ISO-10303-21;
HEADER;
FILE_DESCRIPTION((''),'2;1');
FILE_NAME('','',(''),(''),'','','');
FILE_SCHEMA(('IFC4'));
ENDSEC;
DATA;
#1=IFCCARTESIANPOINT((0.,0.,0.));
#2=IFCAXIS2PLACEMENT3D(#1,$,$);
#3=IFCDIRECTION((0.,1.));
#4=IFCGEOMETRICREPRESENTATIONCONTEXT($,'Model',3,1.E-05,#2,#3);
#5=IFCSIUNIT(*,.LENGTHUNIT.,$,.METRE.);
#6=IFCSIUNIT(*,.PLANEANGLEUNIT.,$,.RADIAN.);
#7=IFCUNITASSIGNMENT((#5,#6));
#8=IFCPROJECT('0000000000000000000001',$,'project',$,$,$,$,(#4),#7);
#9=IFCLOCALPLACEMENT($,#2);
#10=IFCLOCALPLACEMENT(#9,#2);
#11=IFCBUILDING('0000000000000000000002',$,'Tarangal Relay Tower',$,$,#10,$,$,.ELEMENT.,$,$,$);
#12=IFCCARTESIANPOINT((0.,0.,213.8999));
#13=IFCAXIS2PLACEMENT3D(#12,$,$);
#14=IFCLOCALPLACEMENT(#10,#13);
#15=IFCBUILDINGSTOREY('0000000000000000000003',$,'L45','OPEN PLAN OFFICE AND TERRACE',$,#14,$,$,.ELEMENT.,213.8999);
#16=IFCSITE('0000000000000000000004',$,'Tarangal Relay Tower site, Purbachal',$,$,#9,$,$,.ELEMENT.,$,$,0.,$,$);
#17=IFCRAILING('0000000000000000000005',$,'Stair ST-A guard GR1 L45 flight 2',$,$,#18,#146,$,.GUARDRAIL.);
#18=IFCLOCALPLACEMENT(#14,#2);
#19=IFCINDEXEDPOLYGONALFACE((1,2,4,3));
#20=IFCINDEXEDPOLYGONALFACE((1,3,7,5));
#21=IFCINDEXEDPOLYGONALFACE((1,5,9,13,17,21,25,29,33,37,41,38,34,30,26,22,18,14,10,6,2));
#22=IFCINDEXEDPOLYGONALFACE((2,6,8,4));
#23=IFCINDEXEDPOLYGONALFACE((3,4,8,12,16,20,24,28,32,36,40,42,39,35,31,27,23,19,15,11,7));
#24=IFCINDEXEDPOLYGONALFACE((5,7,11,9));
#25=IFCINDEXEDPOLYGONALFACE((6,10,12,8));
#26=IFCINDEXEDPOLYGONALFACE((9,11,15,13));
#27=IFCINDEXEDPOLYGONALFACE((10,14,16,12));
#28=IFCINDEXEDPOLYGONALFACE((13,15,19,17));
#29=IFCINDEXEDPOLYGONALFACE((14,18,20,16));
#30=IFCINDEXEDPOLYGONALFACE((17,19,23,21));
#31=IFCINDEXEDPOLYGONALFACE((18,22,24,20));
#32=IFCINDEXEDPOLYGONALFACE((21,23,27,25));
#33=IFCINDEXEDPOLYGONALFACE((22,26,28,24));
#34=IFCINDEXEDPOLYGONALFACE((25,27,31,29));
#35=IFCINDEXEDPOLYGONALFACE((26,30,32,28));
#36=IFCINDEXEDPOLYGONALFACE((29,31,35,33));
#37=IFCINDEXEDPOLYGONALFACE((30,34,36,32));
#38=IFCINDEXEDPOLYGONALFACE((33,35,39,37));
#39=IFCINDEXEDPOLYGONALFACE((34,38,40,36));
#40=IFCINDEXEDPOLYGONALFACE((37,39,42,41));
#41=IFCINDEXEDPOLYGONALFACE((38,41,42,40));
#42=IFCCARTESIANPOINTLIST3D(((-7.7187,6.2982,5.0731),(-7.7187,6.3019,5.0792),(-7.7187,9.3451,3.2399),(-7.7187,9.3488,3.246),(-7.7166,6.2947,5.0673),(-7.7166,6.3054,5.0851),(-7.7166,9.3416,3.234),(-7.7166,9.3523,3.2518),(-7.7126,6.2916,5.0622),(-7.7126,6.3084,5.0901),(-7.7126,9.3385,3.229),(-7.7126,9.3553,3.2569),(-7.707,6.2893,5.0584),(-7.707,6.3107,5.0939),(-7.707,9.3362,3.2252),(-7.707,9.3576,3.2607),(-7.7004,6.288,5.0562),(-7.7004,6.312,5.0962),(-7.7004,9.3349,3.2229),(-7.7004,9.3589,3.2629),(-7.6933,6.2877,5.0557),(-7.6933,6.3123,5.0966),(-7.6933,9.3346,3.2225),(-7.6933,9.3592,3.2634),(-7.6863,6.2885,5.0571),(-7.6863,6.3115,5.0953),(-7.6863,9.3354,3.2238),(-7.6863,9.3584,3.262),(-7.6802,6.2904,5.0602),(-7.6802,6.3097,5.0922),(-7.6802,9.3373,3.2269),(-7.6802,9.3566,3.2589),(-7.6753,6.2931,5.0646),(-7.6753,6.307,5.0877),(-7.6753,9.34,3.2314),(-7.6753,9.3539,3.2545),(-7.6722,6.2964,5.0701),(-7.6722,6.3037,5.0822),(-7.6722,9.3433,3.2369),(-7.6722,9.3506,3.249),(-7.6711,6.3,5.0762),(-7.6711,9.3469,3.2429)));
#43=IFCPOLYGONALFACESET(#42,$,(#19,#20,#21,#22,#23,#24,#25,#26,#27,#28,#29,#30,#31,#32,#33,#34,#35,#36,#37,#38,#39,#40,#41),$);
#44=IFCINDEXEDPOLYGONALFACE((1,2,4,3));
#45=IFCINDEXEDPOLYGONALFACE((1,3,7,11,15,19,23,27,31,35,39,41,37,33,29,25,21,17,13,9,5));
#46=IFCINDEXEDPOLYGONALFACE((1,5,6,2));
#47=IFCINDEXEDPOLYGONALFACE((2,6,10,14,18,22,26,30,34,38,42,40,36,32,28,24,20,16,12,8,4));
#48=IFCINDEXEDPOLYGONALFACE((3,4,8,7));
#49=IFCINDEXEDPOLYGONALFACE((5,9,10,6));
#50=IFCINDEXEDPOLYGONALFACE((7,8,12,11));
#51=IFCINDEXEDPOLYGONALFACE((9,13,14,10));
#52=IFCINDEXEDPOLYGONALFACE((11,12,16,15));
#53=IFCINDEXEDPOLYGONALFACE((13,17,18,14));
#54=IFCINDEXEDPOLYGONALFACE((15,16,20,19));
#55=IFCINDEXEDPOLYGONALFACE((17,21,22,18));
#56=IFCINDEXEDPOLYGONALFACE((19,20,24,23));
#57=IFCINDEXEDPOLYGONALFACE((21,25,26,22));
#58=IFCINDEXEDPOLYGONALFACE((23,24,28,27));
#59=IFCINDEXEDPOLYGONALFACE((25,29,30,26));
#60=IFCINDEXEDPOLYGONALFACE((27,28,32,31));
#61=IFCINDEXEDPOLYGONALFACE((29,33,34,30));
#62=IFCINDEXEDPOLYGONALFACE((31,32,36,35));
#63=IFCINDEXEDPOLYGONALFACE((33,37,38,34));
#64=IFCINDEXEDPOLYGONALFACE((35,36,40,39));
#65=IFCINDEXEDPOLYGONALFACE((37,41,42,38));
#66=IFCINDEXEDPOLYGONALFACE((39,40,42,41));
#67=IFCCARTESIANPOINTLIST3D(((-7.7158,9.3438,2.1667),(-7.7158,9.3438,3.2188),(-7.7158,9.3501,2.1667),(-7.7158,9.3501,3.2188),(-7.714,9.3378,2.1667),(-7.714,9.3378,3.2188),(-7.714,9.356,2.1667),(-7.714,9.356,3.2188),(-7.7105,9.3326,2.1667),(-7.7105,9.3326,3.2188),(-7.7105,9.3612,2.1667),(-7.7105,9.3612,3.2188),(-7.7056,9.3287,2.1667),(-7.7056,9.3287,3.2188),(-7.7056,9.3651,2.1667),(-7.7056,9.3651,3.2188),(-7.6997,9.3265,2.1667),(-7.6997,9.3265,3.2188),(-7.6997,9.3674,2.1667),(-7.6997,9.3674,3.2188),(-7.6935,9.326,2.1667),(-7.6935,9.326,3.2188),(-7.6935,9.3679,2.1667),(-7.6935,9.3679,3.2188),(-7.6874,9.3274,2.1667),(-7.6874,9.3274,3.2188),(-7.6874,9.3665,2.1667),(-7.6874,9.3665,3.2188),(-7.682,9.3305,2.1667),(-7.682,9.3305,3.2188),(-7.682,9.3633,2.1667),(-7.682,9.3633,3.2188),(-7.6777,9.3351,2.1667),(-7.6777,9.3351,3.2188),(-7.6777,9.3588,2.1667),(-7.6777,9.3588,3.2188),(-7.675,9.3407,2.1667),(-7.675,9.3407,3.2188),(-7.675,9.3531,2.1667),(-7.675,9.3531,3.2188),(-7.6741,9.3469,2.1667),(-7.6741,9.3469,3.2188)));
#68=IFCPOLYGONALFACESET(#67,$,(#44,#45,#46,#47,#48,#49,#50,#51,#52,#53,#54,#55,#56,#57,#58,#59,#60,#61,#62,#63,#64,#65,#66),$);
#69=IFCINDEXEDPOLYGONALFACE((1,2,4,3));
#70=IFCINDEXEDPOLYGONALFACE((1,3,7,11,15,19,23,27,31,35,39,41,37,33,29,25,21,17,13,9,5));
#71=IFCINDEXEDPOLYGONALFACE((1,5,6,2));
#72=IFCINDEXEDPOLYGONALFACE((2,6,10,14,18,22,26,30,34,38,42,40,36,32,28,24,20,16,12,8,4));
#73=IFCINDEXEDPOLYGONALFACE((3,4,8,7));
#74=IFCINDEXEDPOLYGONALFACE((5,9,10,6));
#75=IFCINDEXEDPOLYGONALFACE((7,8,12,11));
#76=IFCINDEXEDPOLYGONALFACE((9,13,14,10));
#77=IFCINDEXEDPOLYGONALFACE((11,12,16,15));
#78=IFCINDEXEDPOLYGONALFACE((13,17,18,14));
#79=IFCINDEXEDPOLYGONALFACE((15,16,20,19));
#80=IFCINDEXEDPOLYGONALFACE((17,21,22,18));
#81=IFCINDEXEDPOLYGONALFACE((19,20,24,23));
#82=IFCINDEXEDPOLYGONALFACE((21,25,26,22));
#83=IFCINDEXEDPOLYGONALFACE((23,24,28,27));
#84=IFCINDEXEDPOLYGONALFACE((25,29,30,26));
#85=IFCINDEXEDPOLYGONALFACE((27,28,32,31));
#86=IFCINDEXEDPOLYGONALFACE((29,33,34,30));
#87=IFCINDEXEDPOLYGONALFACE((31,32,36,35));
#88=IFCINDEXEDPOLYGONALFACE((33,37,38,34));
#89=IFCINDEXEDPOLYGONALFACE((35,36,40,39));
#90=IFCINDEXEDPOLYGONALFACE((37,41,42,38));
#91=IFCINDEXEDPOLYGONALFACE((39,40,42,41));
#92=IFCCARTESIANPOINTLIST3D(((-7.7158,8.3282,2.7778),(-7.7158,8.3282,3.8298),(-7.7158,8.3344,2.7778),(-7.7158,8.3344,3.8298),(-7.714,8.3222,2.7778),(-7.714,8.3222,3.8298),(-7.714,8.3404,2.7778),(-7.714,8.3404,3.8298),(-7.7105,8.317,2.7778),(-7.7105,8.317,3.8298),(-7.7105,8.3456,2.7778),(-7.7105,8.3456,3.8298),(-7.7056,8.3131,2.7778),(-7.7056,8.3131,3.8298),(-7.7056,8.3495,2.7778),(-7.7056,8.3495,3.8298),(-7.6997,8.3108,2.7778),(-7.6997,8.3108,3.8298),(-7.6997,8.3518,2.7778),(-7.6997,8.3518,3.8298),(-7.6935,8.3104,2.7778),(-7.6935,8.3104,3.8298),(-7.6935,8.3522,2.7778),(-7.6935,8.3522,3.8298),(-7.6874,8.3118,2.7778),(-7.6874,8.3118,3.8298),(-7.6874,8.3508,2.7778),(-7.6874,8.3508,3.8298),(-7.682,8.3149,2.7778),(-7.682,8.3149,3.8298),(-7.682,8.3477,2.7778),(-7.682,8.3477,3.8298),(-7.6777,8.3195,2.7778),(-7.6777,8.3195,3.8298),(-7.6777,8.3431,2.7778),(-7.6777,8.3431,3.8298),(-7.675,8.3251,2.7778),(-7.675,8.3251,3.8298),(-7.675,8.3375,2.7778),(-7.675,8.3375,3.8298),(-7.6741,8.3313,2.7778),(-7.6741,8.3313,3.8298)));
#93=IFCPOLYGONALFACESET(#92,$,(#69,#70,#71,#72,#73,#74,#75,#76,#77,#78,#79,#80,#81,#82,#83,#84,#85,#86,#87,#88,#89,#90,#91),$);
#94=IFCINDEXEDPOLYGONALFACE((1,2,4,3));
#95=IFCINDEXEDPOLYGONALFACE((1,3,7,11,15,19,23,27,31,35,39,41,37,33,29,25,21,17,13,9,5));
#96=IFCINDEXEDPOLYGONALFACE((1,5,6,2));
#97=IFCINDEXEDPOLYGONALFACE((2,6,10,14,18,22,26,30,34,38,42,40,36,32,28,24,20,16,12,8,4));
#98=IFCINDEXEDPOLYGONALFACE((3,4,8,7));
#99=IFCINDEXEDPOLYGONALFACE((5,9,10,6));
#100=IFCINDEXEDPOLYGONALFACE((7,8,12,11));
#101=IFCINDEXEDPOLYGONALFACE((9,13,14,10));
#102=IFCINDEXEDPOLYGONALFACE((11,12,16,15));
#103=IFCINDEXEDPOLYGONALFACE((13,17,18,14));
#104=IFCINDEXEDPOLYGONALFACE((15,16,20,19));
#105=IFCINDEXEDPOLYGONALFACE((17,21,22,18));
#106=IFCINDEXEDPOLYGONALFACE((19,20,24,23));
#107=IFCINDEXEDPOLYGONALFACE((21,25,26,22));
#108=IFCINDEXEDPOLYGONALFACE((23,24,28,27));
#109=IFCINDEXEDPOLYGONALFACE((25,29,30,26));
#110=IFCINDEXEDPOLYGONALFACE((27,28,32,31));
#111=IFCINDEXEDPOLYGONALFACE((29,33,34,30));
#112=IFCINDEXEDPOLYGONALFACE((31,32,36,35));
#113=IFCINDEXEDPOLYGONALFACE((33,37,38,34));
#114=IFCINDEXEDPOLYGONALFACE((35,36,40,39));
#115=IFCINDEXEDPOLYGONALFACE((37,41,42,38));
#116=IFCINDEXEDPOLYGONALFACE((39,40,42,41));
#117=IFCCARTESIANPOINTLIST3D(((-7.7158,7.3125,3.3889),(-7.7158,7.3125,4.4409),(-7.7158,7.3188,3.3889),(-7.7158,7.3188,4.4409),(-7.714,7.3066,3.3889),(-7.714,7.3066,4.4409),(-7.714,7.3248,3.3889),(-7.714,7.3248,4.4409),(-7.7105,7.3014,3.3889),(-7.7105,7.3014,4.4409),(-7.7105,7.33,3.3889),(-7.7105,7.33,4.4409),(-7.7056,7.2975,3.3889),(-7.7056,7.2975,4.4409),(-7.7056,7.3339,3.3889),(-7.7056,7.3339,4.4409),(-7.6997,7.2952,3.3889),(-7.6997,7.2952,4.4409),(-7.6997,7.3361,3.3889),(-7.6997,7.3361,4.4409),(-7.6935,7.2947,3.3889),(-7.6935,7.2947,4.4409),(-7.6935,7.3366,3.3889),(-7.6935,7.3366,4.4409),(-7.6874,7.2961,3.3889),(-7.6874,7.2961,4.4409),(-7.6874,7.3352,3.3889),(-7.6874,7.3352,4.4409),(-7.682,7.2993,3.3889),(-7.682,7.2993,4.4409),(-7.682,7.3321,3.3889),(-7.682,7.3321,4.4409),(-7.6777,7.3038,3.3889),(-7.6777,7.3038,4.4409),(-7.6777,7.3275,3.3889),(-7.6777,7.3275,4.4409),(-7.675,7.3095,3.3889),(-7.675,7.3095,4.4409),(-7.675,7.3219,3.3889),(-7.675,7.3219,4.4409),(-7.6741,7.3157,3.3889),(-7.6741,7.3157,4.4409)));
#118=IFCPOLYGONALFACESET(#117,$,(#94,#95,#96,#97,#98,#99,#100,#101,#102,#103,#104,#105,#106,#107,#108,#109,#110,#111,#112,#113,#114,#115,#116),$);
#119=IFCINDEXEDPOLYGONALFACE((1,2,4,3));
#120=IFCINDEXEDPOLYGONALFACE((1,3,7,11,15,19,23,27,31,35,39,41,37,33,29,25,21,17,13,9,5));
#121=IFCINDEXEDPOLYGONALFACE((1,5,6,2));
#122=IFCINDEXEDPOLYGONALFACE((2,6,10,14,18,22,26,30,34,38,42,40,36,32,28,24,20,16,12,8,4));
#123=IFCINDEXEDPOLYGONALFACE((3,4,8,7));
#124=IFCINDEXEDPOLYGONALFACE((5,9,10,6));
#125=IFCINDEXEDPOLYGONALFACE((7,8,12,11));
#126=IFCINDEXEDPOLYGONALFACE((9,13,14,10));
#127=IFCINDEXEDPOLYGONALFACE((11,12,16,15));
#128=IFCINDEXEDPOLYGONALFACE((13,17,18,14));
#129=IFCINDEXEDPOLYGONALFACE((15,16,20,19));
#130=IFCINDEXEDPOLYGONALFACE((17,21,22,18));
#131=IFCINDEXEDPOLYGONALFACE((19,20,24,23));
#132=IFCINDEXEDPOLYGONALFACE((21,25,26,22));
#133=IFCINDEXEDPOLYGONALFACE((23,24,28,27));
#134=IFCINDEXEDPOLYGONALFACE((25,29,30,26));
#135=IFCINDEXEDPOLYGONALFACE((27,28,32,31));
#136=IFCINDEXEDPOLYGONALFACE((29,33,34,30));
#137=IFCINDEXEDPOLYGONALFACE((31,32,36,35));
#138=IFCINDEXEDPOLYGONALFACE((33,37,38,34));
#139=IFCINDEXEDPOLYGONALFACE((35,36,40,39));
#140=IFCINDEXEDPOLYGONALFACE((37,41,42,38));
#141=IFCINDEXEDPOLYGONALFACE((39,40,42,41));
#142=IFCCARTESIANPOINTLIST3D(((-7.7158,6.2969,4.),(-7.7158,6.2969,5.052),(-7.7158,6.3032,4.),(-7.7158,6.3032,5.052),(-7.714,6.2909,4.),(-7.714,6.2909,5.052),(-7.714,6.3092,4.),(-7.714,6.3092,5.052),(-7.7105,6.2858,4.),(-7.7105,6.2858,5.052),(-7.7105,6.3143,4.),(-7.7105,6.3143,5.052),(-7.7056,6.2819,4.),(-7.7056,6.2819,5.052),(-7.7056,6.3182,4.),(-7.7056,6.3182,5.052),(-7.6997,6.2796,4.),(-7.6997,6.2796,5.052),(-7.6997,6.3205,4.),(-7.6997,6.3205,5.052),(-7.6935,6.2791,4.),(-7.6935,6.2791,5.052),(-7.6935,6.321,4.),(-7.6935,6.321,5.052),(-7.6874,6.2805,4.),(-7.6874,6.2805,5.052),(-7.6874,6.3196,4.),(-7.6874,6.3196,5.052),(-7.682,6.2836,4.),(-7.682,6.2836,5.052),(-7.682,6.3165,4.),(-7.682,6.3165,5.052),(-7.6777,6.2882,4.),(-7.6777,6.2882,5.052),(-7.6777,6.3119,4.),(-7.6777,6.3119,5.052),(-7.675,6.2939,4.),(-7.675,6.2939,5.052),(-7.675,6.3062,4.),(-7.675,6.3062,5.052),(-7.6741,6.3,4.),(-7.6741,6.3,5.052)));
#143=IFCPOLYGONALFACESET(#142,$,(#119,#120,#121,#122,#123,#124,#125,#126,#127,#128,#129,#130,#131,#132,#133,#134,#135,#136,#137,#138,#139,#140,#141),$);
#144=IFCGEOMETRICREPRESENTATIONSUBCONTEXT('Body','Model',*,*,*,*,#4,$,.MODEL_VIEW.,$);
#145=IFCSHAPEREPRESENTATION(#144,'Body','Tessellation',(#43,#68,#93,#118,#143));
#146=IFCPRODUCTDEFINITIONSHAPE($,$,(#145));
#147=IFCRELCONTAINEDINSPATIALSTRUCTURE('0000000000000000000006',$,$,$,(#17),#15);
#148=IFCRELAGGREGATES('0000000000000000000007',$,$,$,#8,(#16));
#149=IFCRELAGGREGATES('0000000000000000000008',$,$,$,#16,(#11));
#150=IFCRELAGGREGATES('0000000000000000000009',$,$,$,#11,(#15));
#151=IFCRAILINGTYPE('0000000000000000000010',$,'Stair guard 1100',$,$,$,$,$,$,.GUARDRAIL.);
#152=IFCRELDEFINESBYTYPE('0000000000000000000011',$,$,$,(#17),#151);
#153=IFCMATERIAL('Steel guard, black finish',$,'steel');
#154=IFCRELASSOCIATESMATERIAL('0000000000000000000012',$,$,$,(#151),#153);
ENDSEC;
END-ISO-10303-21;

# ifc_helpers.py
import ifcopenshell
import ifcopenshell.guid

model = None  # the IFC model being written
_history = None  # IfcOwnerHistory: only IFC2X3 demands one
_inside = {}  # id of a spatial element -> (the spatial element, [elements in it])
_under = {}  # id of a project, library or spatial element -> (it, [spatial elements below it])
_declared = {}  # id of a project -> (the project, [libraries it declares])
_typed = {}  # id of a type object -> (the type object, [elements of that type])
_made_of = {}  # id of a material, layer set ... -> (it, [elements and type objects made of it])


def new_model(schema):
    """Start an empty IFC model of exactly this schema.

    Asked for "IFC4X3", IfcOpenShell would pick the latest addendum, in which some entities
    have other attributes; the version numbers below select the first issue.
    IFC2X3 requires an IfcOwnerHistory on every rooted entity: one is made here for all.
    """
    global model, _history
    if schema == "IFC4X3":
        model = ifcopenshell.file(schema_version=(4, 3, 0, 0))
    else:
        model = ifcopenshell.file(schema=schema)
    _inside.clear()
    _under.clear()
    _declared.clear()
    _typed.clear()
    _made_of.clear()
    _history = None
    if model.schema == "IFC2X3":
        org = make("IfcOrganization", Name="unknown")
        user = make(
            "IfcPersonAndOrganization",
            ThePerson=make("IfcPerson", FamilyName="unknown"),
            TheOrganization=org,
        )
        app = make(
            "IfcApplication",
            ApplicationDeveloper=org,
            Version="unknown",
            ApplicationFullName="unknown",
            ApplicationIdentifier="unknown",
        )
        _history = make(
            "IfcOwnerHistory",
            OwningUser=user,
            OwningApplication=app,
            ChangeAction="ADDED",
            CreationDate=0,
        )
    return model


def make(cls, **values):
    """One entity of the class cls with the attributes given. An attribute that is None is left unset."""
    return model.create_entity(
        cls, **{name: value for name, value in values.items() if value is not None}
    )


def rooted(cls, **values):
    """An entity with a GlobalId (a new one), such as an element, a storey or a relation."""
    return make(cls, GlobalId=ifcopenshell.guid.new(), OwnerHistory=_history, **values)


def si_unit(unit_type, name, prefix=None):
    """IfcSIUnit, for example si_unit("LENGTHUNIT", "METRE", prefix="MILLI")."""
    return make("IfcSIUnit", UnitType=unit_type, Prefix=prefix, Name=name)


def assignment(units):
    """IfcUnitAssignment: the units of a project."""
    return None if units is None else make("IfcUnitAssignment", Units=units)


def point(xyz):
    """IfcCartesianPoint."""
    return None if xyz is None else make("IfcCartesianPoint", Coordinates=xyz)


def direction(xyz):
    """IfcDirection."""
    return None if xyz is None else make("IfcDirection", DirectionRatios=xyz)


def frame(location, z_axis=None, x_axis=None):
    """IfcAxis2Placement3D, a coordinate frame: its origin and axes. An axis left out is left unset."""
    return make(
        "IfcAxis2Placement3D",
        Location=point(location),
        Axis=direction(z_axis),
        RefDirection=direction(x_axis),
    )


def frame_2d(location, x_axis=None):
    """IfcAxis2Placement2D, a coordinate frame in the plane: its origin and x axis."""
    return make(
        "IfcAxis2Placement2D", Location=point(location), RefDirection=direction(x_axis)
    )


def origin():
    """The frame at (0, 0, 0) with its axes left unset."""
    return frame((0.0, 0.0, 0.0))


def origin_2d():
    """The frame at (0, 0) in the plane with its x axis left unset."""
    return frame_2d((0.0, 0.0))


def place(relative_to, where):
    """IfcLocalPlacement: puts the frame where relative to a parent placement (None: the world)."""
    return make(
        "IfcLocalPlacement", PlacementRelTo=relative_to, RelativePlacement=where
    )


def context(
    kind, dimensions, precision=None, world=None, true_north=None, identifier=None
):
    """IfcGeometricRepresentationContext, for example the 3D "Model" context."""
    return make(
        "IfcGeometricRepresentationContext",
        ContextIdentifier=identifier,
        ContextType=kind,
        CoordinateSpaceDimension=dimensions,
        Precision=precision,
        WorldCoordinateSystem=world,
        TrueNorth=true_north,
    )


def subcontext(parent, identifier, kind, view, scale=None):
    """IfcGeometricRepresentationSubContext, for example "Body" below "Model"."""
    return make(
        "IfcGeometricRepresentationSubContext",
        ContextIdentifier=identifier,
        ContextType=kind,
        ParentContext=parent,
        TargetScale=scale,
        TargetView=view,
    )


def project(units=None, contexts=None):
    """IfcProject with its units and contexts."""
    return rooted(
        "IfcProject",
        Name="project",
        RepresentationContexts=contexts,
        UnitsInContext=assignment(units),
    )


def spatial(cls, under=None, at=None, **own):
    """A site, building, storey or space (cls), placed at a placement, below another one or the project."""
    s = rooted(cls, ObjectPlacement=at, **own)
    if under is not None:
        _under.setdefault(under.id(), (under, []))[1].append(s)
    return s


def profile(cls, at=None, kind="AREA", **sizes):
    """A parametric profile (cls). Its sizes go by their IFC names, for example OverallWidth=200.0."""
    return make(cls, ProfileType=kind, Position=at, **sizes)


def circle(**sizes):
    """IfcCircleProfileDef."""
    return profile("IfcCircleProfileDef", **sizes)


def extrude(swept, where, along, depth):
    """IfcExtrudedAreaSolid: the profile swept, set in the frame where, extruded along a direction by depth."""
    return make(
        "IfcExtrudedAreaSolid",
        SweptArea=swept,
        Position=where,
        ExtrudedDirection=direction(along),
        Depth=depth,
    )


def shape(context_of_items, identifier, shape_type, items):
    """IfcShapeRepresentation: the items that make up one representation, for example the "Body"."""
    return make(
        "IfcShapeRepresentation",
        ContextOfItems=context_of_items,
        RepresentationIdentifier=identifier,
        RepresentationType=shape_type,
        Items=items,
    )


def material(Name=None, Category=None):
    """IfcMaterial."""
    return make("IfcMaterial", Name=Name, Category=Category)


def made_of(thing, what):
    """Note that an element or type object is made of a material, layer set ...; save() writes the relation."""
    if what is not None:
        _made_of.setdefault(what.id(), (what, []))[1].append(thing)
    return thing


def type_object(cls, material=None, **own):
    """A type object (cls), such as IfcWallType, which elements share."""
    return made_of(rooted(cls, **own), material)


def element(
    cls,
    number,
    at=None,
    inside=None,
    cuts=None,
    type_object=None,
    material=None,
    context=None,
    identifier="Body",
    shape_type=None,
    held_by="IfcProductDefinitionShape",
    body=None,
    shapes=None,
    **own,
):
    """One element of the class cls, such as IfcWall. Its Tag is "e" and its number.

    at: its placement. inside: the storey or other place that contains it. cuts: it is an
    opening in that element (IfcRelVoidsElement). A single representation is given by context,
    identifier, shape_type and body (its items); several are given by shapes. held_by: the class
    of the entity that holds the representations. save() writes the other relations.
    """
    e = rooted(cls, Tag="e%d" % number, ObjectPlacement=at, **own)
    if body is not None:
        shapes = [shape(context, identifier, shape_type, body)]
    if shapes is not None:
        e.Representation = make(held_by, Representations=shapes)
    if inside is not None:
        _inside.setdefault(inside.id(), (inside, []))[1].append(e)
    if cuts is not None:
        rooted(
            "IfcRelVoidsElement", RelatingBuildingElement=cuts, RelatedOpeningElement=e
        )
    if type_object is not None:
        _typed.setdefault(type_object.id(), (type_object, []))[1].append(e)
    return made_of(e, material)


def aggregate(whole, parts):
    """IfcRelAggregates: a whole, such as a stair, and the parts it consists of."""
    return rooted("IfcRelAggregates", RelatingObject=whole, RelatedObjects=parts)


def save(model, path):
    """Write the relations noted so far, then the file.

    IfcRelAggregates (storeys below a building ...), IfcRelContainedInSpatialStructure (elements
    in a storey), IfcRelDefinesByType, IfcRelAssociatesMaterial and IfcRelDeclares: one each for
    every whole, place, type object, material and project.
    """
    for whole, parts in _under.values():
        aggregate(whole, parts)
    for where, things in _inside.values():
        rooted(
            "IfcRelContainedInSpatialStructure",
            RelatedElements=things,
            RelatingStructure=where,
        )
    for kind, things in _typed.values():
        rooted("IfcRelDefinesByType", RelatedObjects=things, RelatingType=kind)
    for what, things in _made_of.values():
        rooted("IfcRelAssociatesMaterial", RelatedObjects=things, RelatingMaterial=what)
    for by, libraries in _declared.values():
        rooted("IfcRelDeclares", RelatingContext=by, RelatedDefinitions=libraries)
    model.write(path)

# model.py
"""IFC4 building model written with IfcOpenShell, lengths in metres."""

from ifc_helpers import new_model, si_unit, direction, frame, origin, origin_2d, place, context, subcontext, project, spatial, circle, extrude, material, type_object, element, save


model = new_model("IFC4")

# Units and contexts
model_context = context("Model", 3, precision=1e-05, world=origin(), true_north=direction((0.0, 1.0)))
body_context = subcontext(model_context, "Body", "Model", "MODEL_VIEW")
ifc_project = project(units=[si_unit("LENGTHUNIT", "METRE"), si_unit("PLANEANGLEUNIT", "RADIAN")], contexts=[model_context])

# Site, building, storey
site_placement = place(None, origin())
site = spatial("IfcSite", under=ifc_project, at=site_placement, Name="Tarangal Relay Tower site, Purbachal", CompositionType="ELEMENT", RefElevation=0.0)
building_placement = place(site_placement, origin())
building = spatial("IfcBuilding", under=site, at=building_placement, Name="Tarangal Relay Tower", CompositionType="ELEMENT")
storey_placement = place(building_placement, frame((0.0, 0.0, 213.8999)))
storey = spatial("IfcBuildingStorey", under=building, at=storey_placement, Name="L45", Description="OPEN PLAN OFFICE AND TERRACE", CompositionType="ELEMENT", Elevation=213.8999)

# Railing
ifc_material_1 = material(Name="Steel guard, black finish", Category="steel")
railing_type_1 = type_object("IfcRailingType", Name="Stair guard 1100", PredefinedType="GUARDRAIL", material=ifc_material_1)
railing_1_placement = place(storey_placement, frame((-7.6951, 9.3469, 2.1667)))
element("IfcRailing", 1, at=railing_1_placement, inside=storey, type_object=railing_type_1, Name="Stair ST-A guard GR1 L45 flight 2", PredefinedType="GUARDRAIL", context=body_context, shape_type="SweptSolid", body=[
    extrude(circle(Radius=0.0239, at=origin_2d()), frame((0.0, 0.0, 1.0762), z_axis=(0.0, -0.856856, 0.515556), x_axis=(1.0, 0.0, 0.0)), (0.0, 0.0, 1.0), 3.5559),
    extrude(circle(Radius=0.021, at=origin_2d()), origin(), (0.0, 0.0, 1.0), 1.052),
    extrude(circle(Radius=0.021, at=origin_2d()), frame((0.0, -1.0156, 0.6111)), (0.0, 0.0, 1.0), 1.052),
    extrude(circle(Radius=0.021, at=origin_2d()), frame((0.0, -2.0312, 1.2222)), (0.0, 0.0, 1.0), 1.052),
    extrude(circle(Radius=0.021, at=origin_2d()), frame((0.0, -3.0469, 1.8333)), (0.0, 0.0, 1.0), 1.052),
])

save(model, "model.ifc")
